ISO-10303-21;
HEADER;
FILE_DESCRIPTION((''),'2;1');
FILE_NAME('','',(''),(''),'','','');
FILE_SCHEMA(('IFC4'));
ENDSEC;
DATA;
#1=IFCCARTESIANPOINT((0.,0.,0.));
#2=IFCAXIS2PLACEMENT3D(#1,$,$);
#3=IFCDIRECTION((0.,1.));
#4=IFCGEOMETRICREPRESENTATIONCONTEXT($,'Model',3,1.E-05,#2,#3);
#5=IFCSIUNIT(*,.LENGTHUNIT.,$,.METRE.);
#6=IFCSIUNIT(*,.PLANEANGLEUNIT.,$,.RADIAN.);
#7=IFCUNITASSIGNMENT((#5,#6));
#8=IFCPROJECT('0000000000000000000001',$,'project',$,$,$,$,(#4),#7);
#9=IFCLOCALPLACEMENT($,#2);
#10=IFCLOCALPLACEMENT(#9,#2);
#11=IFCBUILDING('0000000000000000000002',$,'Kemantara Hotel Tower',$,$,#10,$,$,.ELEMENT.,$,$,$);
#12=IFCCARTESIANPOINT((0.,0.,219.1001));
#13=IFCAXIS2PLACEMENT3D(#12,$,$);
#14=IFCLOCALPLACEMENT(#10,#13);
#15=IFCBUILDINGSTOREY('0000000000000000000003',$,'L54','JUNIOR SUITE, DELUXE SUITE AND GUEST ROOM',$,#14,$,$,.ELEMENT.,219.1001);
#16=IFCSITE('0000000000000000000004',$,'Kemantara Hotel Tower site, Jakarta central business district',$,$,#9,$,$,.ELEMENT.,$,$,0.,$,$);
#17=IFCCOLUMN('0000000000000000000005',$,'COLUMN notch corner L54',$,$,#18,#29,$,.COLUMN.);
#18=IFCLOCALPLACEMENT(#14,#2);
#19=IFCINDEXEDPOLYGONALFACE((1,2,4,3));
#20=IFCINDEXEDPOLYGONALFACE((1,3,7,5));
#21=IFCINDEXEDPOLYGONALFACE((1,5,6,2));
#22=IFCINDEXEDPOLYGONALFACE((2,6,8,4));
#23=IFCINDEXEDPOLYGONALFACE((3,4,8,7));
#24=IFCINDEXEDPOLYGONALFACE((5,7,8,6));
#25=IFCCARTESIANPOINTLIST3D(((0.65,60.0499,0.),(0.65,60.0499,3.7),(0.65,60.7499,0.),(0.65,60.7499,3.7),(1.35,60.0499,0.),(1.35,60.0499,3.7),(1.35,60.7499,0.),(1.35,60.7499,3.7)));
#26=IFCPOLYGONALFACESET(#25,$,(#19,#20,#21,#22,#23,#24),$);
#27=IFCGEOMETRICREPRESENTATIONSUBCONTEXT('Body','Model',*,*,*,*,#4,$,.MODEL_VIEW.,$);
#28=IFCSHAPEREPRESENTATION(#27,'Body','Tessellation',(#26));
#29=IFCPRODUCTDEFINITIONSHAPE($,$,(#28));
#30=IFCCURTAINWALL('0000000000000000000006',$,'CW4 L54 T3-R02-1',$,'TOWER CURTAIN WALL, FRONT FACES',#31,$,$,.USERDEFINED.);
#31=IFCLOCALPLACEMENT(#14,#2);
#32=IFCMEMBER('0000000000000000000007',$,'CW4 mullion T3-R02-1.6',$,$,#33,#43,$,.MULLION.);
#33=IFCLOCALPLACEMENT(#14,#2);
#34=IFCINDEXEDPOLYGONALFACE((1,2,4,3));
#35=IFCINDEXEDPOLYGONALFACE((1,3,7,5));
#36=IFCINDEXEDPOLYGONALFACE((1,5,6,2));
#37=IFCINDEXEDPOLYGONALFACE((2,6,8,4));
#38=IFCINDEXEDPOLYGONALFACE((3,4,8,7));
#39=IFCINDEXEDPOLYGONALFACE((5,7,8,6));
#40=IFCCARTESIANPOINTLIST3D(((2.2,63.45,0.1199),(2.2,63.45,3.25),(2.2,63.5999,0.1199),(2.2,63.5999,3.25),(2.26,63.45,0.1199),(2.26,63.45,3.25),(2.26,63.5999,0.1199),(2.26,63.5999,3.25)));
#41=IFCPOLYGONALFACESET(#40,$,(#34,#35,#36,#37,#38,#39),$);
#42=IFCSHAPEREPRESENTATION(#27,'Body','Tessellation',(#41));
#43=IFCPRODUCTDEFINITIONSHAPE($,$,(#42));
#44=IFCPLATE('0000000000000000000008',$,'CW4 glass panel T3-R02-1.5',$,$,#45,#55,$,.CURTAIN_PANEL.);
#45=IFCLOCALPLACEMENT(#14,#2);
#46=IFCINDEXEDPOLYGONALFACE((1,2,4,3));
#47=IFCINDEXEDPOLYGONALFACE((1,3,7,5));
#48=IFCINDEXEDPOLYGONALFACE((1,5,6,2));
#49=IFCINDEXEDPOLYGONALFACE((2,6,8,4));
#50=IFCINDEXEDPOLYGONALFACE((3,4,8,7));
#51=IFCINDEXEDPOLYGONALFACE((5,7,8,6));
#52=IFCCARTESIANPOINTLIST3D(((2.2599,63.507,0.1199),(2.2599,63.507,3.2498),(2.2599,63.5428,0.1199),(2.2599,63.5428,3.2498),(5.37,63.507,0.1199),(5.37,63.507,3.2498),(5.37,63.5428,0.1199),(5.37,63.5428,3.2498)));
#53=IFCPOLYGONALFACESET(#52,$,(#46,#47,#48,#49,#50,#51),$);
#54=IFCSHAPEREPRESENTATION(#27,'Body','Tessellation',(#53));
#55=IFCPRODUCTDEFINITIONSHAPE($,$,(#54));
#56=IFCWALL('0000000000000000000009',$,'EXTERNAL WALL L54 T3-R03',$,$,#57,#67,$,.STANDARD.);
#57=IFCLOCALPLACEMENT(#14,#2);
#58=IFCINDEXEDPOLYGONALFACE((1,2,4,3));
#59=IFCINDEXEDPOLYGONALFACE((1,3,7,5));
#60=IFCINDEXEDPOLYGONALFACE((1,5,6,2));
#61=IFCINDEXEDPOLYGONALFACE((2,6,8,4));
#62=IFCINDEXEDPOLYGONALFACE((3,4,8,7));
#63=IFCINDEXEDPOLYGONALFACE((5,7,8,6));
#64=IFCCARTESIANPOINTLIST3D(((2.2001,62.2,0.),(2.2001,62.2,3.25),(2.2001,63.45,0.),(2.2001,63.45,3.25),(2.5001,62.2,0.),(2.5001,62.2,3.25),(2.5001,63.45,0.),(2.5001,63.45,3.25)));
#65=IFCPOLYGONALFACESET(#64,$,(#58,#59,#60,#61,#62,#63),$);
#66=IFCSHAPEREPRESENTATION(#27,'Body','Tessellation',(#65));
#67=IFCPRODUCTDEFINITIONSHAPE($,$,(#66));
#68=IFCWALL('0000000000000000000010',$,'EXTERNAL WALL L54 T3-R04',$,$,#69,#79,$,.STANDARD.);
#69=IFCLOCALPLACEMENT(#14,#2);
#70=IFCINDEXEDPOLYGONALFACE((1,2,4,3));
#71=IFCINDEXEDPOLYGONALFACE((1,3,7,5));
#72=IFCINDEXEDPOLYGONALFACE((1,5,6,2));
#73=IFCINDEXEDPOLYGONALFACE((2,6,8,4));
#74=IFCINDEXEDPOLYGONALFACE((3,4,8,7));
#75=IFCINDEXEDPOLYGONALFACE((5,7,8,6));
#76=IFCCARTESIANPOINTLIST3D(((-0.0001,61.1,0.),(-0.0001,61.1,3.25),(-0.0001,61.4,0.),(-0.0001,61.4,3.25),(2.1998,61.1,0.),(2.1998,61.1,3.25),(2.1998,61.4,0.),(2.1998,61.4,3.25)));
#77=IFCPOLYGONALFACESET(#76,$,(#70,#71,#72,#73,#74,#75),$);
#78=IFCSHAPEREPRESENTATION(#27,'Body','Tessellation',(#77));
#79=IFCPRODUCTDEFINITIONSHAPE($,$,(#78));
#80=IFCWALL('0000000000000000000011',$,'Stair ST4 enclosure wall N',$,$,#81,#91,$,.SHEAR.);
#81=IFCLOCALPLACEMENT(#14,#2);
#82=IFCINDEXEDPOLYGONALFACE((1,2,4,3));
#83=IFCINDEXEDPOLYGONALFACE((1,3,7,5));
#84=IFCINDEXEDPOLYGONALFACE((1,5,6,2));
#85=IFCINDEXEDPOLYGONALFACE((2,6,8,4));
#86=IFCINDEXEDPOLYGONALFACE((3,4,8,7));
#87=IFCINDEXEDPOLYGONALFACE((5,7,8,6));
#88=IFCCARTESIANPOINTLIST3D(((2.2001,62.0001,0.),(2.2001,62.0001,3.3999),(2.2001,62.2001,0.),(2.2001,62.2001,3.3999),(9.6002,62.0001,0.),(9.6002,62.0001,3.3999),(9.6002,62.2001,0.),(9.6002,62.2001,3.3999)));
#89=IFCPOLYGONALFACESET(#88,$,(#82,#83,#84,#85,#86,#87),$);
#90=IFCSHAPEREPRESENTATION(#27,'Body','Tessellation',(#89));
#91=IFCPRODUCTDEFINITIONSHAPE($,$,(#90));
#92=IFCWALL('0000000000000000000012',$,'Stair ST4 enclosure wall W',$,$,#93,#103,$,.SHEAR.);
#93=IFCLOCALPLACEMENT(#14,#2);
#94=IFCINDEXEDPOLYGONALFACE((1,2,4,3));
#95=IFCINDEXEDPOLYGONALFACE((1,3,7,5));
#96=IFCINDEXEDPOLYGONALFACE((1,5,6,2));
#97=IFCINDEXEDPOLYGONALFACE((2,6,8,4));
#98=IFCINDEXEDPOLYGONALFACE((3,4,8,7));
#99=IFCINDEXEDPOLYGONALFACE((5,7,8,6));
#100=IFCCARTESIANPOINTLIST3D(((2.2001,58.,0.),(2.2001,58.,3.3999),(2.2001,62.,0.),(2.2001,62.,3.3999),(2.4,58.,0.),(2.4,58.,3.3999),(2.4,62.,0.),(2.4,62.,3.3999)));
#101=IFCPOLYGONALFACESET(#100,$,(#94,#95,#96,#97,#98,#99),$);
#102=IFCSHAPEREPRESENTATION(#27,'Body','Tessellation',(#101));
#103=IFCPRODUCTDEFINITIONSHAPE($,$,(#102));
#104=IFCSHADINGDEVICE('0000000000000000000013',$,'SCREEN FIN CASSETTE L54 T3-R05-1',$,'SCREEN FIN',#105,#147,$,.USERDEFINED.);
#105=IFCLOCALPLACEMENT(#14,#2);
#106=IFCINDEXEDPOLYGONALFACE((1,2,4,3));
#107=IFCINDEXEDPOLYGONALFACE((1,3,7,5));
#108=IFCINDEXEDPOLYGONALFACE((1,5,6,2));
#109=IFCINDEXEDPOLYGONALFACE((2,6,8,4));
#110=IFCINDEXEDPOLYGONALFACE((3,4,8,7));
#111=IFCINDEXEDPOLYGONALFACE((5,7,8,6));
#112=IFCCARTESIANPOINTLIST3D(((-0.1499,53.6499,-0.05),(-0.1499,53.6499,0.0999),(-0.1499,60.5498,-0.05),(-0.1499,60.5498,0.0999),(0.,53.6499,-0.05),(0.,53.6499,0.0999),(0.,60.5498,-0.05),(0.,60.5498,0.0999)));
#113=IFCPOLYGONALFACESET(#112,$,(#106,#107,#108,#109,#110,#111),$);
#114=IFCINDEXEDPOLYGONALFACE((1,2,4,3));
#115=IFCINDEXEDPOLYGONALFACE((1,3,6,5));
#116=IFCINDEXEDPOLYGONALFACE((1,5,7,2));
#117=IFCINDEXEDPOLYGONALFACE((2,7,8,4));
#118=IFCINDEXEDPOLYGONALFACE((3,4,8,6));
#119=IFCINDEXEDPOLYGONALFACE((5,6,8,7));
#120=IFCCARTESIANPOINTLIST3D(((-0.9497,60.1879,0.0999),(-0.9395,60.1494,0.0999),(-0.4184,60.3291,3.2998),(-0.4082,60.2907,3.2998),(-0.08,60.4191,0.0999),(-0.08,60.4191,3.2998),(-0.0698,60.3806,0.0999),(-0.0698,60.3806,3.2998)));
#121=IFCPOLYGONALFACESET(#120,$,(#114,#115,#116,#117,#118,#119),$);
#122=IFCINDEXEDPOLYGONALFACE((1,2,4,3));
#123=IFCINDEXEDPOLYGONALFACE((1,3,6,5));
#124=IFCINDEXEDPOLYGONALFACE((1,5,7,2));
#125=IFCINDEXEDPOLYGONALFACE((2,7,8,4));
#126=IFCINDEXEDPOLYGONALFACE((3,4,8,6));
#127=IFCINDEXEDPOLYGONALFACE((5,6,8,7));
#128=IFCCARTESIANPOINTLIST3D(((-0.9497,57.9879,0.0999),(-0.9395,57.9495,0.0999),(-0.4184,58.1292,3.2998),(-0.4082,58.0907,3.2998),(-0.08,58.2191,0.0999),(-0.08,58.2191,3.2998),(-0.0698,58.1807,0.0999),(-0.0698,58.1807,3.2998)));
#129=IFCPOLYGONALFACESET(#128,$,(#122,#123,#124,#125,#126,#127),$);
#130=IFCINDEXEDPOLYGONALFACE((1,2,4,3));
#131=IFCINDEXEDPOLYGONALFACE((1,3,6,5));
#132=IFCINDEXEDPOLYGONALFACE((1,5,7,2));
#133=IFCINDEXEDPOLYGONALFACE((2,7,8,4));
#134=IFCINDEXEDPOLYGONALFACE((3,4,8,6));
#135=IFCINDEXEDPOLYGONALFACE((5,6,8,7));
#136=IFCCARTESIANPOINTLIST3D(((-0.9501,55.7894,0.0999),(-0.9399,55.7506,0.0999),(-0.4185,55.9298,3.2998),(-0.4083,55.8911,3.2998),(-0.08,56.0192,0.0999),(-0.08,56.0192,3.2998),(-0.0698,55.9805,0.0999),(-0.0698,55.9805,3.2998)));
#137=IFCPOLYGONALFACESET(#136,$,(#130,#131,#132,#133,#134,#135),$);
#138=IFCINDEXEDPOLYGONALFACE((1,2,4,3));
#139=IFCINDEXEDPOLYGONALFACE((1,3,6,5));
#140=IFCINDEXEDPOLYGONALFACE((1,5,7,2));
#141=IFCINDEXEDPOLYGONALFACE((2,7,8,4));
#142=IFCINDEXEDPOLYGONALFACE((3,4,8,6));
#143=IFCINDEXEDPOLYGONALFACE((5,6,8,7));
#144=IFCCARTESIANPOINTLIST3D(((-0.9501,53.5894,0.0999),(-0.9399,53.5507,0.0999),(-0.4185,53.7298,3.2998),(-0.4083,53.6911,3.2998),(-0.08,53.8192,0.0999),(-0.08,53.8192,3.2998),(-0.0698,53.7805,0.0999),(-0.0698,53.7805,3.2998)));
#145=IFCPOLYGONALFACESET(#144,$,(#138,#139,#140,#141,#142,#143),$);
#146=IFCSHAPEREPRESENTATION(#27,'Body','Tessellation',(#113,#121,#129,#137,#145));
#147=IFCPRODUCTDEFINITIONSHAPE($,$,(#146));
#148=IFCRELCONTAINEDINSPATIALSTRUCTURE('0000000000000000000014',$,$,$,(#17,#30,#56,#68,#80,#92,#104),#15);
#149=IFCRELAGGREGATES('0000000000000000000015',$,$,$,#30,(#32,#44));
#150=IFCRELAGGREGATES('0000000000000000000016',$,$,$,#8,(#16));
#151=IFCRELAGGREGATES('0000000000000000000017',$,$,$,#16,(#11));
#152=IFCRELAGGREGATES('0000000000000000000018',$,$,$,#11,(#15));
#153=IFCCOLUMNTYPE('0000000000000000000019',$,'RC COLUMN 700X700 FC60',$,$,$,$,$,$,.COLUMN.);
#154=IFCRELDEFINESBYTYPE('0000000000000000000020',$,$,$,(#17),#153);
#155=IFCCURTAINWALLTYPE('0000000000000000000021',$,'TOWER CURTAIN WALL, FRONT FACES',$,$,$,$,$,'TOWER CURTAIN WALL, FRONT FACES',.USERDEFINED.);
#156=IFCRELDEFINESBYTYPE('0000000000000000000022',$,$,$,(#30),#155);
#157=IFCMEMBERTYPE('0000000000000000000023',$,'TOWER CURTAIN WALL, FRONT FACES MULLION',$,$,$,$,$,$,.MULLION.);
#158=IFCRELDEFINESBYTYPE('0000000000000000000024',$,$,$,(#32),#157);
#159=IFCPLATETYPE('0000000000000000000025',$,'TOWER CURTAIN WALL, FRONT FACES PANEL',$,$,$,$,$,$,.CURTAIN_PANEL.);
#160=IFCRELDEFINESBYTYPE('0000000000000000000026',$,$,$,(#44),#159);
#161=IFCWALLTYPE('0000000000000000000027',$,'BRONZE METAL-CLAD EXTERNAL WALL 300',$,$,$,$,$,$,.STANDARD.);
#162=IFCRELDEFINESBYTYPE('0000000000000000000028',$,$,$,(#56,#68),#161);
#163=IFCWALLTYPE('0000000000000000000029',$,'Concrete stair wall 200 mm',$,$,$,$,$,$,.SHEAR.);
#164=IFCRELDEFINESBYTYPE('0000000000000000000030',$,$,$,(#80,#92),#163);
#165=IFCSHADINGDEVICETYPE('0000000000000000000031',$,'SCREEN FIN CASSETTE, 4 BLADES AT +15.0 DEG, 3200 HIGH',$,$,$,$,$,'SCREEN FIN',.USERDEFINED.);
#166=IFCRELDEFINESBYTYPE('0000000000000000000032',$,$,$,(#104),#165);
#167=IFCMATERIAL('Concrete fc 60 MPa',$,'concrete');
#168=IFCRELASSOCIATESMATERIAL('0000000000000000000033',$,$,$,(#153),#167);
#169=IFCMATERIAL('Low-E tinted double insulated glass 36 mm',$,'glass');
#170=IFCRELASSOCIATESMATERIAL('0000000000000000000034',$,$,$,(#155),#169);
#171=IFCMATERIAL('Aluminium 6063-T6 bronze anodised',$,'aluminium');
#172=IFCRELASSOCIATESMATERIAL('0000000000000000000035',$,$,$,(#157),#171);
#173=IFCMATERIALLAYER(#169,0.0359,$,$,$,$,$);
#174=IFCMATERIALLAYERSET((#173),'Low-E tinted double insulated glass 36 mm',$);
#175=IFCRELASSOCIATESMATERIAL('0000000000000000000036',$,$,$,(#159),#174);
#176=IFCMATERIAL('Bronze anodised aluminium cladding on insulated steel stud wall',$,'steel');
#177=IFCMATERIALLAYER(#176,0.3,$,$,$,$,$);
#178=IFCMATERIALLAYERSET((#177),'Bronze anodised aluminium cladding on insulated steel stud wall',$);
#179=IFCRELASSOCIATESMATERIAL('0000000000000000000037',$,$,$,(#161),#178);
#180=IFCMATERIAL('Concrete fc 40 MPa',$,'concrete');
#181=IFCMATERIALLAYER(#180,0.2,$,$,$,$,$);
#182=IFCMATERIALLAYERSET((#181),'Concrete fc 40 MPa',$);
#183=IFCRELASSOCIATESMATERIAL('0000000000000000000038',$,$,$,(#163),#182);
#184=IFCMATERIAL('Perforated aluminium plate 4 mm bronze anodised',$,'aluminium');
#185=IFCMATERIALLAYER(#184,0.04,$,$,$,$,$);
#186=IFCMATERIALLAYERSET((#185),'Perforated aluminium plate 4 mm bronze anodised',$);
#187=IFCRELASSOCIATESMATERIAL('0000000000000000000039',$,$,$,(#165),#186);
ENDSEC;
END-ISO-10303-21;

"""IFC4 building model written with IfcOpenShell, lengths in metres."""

from ifc_helpers import new_model, si_unit, direction, frame, frame_2d, origin, origin_2d, place, context, subcontext, project, spatial, polyline, rectangle, outline, extrude, source, transform, mapped, material, layer, layer_set, material_profile, profile_set, type_object, element, aggregate, save


model = new_model("IFC4")

# Units and contexts
model_context = context("Model", 3, precision=1e-05, world=origin(), true_north=direction((0.0, 1.0)))
body_context = subcontext(model_context, "Body", "Model", "MODEL_VIEW")
ifc_project = project(units=[si_unit("LENGTHUNIT", "METRE"), si_unit("PLANEANGLEUNIT", "RADIAN")], contexts=[model_context])

# Site, building, storey
site_placement = place(None, origin())
site = spatial("IfcSite", under=ifc_project, at=site_placement, Name="Kemantara Hotel Tower site, Jakarta central business district", CompositionType="ELEMENT", RefElevation=0.0)
building_placement = place(site_placement, origin())
building = spatial("IfcBuilding", under=site, at=building_placement, Name="Kemantara Hotel Tower", CompositionType="ELEMENT")
storey_placement = place(building_placement, frame((0.0, 0.0, 219.1001)))
storey = spatial("IfcBuildingStorey", under=building, at=storey_placement, Name="L54", Description="JUNIOR SUITE, DELUXE SUITE AND GUEST ROOM", CompositionType="ELEMENT", Elevation=219.1001)

# Column
ifc_material_1 = material(Name="Concrete fc 60 MPa", Category="concrete")
ifc_material_profile_1 = material_profile(ifc_material_1, rectangle(XDim=0.7, YDim=0.7, at=origin_2d()), Name="RC 700X700")
ifc_profile_set_1 = profile_set([ifc_material_profile_1], Name="Concrete fc 60 MPa")
column_type = type_object("IfcColumnType", Name="RC COLUMN 700X700 FC60", PredefinedType="COLUMN", material=ifc_profile_set_1)
column_placement = place(storey_placement, frame((1.0, 60.3999, 0.0), z_axis=(0.0, 0.0, 1.0), x_axis=(1.0, 0.0, 0.0)))
element("IfcColumn", 1, at=column_placement, inside=storey, type_object=column_type, Name="COLUMN notch corner L54", PredefinedType="COLUMN", context=body_context, shape_type="SweptSolid", body=[
    extrude(rectangle(XDim=0.7, YDim=0.7, at=origin_2d()), origin(), (0.0, 0.0, 1.0), 3.7),
])

# Curtain wall, member, plate
ifc_material_2 = material(Name="Low-E tinted double insulated glass 36 mm", Category="glass")
curtain_wall_type = type_object("IfcCurtainWallType", Name="TOWER CURTAIN WALL, FRONT FACES", ElementType="TOWER CURTAIN WALL, FRONT FACES", PredefinedType="USERDEFINED", material=ifc_material_2)
curtain_wall_placement = place(storey_placement, origin())
curtain_wall = element("IfcCurtainWall", 2, at=curtain_wall_placement, inside=storey, type_object=curtain_wall_type, Name="CW4 L54 T3-R02-1", ObjectType="TOWER CURTAIN WALL, FRONT FACES", PredefinedType="USERDEFINED")
ifc_material_3 = material(Name="Aluminium 6063-T6 bronze anodised", Category="aluminium")
ifc_material_profile_2 = material_profile(ifc_material_3, rectangle(XDim=0.1499, YDim=0.0601, at=origin_2d()), Name="TOWER CURTAIN WALL, FRONT FACES MULLION")
ifc_profile_set_2 = profile_set([ifc_material_profile_2], Name="Aluminium 6063-T6 bronze anodised")
member_type = type_object("IfcMemberType", Name="TOWER CURTAIN WALL, FRONT FACES MULLION", PredefinedType="MULLION", material=ifc_profile_set_2)
shared_shape_1 = source(origin(), body_context, "Body", "SweptSolid", [
    extrude(rectangle(XDim=0.1499, YDim=0.0601, at=origin_2d()), origin(), (0.0, 0.0, 1.0), 3.1301),
])
member_placement = place(storey_placement, frame((2.23, 63.5249, 0.1199), z_axis=(0.0, 0.0, 1.0), x_axis=(0.0, -1.0, 0.0)))
member = element("IfcMember", 3, at=member_placement, type_object=member_type, Name="CW4 mullion T3-R02-1.6", PredefinedType="MULLION", context=body_context, shape_type="MappedRepresentation", body=[
    mapped(shared_shape_1, transform((0.0, 0.0, 0.0))),
])
ifc_layer_1 = layer(ifc_material_2, 0.0359)
ifc_layer_set_1 = layer_set([ifc_layer_1], Name="Low-E tinted double insulated glass 36 mm")
plate_type = type_object("IfcPlateType", Name="TOWER CURTAIN WALL, FRONT FACES PANEL", PredefinedType="CURTAIN_PANEL", material=ifc_layer_set_1)
shared_shape_2 = source(origin(), body_context, "Body", "SweptSolid", [
    extrude(rectangle(XDim=3.1101, YDim=0.0359, at=origin_2d()), origin(), (0.0, 0.0, 1.0), 3.1299),
])
plate_placement = place(storey_placement, frame((3.8149, 63.5249, 0.1199), z_axis=(0.0, 0.0, 1.0), x_axis=(-1.0, 0.0, 0.0)))
plate = element("IfcPlate", 4, at=plate_placement, type_object=plate_type, Name="CW4 glass panel T3-R02-1.5", PredefinedType="CURTAIN_PANEL", context=body_context, shape_type="MappedRepresentation", body=[
    mapped(shared_shape_2, transform((0.0, 0.0, 0.0))),
])
aggregate(curtain_wall, [member, plate])

# Walls
ifc_material_4 = material(Name="Bronze anodised aluminium cladding on insulated steel stud wall", Category="steel")
ifc_layer_2 = layer(ifc_material_4, 0.3)
ifc_layer_set_2 = layer_set([ifc_layer_2], Name="Bronze anodised aluminium cladding on insulated steel stud wall")
wall_type_1 = type_object("IfcWallType", Name="BRONZE METAL-CLAD EXTERNAL WALL 300", PredefinedType="STANDARD", material=ifc_layer_set_2)
wall_1_placement = place(storey_placement, frame((2.3501, 63.45, 0.0), z_axis=(0.0, 0.0, 1.0), x_axis=(0.0, -1.0, 0.0)))
element("IfcWall", 5, at=wall_1_placement, inside=storey, type_object=wall_type_1, Name="EXTERNAL WALL L54 T3-R03", PredefinedType="STANDARD", context=body_context, shape_type="SweptSolid", body=[
    extrude(rectangle(XDim=1.25, YDim=0.3, at=frame_2d((0.625, 0.0))), origin(), (0.0, 0.0, 1.0), 3.25),
])
wall_2_placement = place(storey_placement, frame((2.2, 61.25, 0.0), z_axis=(0.0, 0.0, 1.0), x_axis=(-1.0, 0.0, 0.0)))
element("IfcWall", 6, at=wall_2_placement, inside=storey, type_object=wall_type_1, Name="EXTERNAL WALL L54 T3-R04", PredefinedType="STANDARD", context=body_context, shape_type="SweptSolid", body=[
    extrude(rectangle(XDim=2.2, YDim=0.3, at=frame_2d((1.1001, 0.0))), origin(), (0.0, 0.0, 1.0), 3.25),
])

# Walls
ifc_material_5 = material(Name="Concrete fc 40 MPa", Category="concrete")
ifc_layer_3 = layer(ifc_material_5, 0.2)
ifc_layer_set_3 = layer_set([ifc_layer_3], Name="Concrete fc 40 MPa")
wall_type_2 = type_object("IfcWallType", Name="Concrete stair wall 200 mm", PredefinedType="SHEAR", material=ifc_layer_set_3)
wall_3_placement = place(storey_placement, frame((2.2, 62.1001, 0.0), z_axis=(0.0, 0.0, 1.0), x_axis=(1.0, 0.0, 0.0)))
element("IfcWall", 7, at=wall_3_placement, inside=storey, type_object=wall_type_2, Name="Stair ST4 enclosure wall N", PredefinedType="SHEAR", context=body_context, shape_type="SweptSolid", body=[
    extrude(rectangle(XDim=7.4001, YDim=0.2, at=frame_2d((3.7002, 0.0))), origin(), (0.0, 0.0, 1.0), 3.3999),
])
wall_4_placement = place(storey_placement, frame((2.3, 58.0, 0.0), z_axis=(0.0, 0.0, 1.0), x_axis=(0.0, 1.0, 0.0)))
element("IfcWall", 8, at=wall_4_placement, inside=storey, type_object=wall_type_2, Name="Stair ST4 enclosure wall W", PredefinedType="SHEAR", context=body_context, shape_type="SweptSolid", body=[
    extrude(rectangle(XDim=4.0, YDim=0.2, at=frame_2d((2.0, 0.0))), origin(), (0.0, 0.0, 1.0), 3.3999),
])

# Shading device
ifc_material_6 = material(Name="Perforated aluminium plate 4 mm bronze anodised", Category="aluminium")
ifc_layer_4 = layer(ifc_material_6, 0.04)
ifc_layer_set_4 = layer_set([ifc_layer_4], Name="Perforated aluminium plate 4 mm bronze anodised")
shading_device_type = type_object("IfcShadingDeviceType", Name="SCREEN FIN CASSETTE, 4 BLADES AT +15.0 DEG, 3200 HIGH", ElementType="SCREEN FIN", PredefinedType="USERDEFINED", material=ifc_layer_set_4)
shared_shape_3 = source(origin(), body_context, "Body", "SweptSolid", [
    extrude(rectangle(XDim=6.8999, YDim=0.1499, at=origin_2d()), frame((3.3, -0.075, -0.1499), z_axis=(0.0, 0.0, 1.0), x_axis=(1.0, 0.0, 0.0)), (0.0, 0.0, 1.0), 0.1499),
    extrude(outline(polyline([(0.0, 0.0), (0.8999, 0.0), (0.3501, 3.2), (0.0, 3.2), (0.0, 0.0)])), frame((0.0193, -0.0698, 0.0), z_axis=(-0.966438, -0.256901, 0.0), x_axis=(0.256901, -0.966438, 0.0)), (0.0, 0.0, 1.0), 0.0398),
    extrude(outline(polyline([(0.0, 0.0), (0.8999, 0.0), (0.3501, 3.2), (0.0, 3.2), (0.0, 0.0)])), frame((2.2192, -0.0698, 0.0), z_axis=(-0.966438, -0.256901, 0.0), x_axis=(0.256901, -0.966438, 0.0)), (0.0, 0.0, 1.0), 0.0398),
    extrude(outline(polyline([(0.0, 0.0), (0.8999, 0.0), (0.3501, 3.2), (0.0, 3.2), (0.0, 0.0)])), frame((4.4194, -0.0698, 0.0), z_axis=(-0.966838, -0.255391, 0.0), x_axis=(0.255391, -0.966838, 0.0)), (0.0, 0.0, 1.0), 0.04),
    extrude(outline(polyline([(0.0, 0.0), (0.8999, 0.0), (0.3501, 3.2), (0.0, 3.2), (0.0, 0.0)])), frame((6.6194, -0.0698, 0.0), z_axis=(-0.966838, -0.255391, 0.0), x_axis=(0.255391, -0.966838, 0.0)), (0.0, 0.0, 1.0), 0.04),
])
shading_device_placement = place(storey_placement, frame((0.0, 60.3999, 0.0999), z_axis=(0.0, 0.0, 1.0), x_axis=(0.0, -1.0, 0.0)))
element("IfcShadingDevice", 9, at=shading_device_placement, inside=storey, type_object=shading_device_type, Name="SCREEN FIN CASSETTE L54 T3-R05-1", ObjectType="SCREEN FIN", PredefinedType="USERDEFINED", context=body_context, shape_type="MappedRepresentation", body=[
    mapped(shared_shape_3, transform((0.0, 0.0, 0.0))),
])

save(model, "model.ifc")
